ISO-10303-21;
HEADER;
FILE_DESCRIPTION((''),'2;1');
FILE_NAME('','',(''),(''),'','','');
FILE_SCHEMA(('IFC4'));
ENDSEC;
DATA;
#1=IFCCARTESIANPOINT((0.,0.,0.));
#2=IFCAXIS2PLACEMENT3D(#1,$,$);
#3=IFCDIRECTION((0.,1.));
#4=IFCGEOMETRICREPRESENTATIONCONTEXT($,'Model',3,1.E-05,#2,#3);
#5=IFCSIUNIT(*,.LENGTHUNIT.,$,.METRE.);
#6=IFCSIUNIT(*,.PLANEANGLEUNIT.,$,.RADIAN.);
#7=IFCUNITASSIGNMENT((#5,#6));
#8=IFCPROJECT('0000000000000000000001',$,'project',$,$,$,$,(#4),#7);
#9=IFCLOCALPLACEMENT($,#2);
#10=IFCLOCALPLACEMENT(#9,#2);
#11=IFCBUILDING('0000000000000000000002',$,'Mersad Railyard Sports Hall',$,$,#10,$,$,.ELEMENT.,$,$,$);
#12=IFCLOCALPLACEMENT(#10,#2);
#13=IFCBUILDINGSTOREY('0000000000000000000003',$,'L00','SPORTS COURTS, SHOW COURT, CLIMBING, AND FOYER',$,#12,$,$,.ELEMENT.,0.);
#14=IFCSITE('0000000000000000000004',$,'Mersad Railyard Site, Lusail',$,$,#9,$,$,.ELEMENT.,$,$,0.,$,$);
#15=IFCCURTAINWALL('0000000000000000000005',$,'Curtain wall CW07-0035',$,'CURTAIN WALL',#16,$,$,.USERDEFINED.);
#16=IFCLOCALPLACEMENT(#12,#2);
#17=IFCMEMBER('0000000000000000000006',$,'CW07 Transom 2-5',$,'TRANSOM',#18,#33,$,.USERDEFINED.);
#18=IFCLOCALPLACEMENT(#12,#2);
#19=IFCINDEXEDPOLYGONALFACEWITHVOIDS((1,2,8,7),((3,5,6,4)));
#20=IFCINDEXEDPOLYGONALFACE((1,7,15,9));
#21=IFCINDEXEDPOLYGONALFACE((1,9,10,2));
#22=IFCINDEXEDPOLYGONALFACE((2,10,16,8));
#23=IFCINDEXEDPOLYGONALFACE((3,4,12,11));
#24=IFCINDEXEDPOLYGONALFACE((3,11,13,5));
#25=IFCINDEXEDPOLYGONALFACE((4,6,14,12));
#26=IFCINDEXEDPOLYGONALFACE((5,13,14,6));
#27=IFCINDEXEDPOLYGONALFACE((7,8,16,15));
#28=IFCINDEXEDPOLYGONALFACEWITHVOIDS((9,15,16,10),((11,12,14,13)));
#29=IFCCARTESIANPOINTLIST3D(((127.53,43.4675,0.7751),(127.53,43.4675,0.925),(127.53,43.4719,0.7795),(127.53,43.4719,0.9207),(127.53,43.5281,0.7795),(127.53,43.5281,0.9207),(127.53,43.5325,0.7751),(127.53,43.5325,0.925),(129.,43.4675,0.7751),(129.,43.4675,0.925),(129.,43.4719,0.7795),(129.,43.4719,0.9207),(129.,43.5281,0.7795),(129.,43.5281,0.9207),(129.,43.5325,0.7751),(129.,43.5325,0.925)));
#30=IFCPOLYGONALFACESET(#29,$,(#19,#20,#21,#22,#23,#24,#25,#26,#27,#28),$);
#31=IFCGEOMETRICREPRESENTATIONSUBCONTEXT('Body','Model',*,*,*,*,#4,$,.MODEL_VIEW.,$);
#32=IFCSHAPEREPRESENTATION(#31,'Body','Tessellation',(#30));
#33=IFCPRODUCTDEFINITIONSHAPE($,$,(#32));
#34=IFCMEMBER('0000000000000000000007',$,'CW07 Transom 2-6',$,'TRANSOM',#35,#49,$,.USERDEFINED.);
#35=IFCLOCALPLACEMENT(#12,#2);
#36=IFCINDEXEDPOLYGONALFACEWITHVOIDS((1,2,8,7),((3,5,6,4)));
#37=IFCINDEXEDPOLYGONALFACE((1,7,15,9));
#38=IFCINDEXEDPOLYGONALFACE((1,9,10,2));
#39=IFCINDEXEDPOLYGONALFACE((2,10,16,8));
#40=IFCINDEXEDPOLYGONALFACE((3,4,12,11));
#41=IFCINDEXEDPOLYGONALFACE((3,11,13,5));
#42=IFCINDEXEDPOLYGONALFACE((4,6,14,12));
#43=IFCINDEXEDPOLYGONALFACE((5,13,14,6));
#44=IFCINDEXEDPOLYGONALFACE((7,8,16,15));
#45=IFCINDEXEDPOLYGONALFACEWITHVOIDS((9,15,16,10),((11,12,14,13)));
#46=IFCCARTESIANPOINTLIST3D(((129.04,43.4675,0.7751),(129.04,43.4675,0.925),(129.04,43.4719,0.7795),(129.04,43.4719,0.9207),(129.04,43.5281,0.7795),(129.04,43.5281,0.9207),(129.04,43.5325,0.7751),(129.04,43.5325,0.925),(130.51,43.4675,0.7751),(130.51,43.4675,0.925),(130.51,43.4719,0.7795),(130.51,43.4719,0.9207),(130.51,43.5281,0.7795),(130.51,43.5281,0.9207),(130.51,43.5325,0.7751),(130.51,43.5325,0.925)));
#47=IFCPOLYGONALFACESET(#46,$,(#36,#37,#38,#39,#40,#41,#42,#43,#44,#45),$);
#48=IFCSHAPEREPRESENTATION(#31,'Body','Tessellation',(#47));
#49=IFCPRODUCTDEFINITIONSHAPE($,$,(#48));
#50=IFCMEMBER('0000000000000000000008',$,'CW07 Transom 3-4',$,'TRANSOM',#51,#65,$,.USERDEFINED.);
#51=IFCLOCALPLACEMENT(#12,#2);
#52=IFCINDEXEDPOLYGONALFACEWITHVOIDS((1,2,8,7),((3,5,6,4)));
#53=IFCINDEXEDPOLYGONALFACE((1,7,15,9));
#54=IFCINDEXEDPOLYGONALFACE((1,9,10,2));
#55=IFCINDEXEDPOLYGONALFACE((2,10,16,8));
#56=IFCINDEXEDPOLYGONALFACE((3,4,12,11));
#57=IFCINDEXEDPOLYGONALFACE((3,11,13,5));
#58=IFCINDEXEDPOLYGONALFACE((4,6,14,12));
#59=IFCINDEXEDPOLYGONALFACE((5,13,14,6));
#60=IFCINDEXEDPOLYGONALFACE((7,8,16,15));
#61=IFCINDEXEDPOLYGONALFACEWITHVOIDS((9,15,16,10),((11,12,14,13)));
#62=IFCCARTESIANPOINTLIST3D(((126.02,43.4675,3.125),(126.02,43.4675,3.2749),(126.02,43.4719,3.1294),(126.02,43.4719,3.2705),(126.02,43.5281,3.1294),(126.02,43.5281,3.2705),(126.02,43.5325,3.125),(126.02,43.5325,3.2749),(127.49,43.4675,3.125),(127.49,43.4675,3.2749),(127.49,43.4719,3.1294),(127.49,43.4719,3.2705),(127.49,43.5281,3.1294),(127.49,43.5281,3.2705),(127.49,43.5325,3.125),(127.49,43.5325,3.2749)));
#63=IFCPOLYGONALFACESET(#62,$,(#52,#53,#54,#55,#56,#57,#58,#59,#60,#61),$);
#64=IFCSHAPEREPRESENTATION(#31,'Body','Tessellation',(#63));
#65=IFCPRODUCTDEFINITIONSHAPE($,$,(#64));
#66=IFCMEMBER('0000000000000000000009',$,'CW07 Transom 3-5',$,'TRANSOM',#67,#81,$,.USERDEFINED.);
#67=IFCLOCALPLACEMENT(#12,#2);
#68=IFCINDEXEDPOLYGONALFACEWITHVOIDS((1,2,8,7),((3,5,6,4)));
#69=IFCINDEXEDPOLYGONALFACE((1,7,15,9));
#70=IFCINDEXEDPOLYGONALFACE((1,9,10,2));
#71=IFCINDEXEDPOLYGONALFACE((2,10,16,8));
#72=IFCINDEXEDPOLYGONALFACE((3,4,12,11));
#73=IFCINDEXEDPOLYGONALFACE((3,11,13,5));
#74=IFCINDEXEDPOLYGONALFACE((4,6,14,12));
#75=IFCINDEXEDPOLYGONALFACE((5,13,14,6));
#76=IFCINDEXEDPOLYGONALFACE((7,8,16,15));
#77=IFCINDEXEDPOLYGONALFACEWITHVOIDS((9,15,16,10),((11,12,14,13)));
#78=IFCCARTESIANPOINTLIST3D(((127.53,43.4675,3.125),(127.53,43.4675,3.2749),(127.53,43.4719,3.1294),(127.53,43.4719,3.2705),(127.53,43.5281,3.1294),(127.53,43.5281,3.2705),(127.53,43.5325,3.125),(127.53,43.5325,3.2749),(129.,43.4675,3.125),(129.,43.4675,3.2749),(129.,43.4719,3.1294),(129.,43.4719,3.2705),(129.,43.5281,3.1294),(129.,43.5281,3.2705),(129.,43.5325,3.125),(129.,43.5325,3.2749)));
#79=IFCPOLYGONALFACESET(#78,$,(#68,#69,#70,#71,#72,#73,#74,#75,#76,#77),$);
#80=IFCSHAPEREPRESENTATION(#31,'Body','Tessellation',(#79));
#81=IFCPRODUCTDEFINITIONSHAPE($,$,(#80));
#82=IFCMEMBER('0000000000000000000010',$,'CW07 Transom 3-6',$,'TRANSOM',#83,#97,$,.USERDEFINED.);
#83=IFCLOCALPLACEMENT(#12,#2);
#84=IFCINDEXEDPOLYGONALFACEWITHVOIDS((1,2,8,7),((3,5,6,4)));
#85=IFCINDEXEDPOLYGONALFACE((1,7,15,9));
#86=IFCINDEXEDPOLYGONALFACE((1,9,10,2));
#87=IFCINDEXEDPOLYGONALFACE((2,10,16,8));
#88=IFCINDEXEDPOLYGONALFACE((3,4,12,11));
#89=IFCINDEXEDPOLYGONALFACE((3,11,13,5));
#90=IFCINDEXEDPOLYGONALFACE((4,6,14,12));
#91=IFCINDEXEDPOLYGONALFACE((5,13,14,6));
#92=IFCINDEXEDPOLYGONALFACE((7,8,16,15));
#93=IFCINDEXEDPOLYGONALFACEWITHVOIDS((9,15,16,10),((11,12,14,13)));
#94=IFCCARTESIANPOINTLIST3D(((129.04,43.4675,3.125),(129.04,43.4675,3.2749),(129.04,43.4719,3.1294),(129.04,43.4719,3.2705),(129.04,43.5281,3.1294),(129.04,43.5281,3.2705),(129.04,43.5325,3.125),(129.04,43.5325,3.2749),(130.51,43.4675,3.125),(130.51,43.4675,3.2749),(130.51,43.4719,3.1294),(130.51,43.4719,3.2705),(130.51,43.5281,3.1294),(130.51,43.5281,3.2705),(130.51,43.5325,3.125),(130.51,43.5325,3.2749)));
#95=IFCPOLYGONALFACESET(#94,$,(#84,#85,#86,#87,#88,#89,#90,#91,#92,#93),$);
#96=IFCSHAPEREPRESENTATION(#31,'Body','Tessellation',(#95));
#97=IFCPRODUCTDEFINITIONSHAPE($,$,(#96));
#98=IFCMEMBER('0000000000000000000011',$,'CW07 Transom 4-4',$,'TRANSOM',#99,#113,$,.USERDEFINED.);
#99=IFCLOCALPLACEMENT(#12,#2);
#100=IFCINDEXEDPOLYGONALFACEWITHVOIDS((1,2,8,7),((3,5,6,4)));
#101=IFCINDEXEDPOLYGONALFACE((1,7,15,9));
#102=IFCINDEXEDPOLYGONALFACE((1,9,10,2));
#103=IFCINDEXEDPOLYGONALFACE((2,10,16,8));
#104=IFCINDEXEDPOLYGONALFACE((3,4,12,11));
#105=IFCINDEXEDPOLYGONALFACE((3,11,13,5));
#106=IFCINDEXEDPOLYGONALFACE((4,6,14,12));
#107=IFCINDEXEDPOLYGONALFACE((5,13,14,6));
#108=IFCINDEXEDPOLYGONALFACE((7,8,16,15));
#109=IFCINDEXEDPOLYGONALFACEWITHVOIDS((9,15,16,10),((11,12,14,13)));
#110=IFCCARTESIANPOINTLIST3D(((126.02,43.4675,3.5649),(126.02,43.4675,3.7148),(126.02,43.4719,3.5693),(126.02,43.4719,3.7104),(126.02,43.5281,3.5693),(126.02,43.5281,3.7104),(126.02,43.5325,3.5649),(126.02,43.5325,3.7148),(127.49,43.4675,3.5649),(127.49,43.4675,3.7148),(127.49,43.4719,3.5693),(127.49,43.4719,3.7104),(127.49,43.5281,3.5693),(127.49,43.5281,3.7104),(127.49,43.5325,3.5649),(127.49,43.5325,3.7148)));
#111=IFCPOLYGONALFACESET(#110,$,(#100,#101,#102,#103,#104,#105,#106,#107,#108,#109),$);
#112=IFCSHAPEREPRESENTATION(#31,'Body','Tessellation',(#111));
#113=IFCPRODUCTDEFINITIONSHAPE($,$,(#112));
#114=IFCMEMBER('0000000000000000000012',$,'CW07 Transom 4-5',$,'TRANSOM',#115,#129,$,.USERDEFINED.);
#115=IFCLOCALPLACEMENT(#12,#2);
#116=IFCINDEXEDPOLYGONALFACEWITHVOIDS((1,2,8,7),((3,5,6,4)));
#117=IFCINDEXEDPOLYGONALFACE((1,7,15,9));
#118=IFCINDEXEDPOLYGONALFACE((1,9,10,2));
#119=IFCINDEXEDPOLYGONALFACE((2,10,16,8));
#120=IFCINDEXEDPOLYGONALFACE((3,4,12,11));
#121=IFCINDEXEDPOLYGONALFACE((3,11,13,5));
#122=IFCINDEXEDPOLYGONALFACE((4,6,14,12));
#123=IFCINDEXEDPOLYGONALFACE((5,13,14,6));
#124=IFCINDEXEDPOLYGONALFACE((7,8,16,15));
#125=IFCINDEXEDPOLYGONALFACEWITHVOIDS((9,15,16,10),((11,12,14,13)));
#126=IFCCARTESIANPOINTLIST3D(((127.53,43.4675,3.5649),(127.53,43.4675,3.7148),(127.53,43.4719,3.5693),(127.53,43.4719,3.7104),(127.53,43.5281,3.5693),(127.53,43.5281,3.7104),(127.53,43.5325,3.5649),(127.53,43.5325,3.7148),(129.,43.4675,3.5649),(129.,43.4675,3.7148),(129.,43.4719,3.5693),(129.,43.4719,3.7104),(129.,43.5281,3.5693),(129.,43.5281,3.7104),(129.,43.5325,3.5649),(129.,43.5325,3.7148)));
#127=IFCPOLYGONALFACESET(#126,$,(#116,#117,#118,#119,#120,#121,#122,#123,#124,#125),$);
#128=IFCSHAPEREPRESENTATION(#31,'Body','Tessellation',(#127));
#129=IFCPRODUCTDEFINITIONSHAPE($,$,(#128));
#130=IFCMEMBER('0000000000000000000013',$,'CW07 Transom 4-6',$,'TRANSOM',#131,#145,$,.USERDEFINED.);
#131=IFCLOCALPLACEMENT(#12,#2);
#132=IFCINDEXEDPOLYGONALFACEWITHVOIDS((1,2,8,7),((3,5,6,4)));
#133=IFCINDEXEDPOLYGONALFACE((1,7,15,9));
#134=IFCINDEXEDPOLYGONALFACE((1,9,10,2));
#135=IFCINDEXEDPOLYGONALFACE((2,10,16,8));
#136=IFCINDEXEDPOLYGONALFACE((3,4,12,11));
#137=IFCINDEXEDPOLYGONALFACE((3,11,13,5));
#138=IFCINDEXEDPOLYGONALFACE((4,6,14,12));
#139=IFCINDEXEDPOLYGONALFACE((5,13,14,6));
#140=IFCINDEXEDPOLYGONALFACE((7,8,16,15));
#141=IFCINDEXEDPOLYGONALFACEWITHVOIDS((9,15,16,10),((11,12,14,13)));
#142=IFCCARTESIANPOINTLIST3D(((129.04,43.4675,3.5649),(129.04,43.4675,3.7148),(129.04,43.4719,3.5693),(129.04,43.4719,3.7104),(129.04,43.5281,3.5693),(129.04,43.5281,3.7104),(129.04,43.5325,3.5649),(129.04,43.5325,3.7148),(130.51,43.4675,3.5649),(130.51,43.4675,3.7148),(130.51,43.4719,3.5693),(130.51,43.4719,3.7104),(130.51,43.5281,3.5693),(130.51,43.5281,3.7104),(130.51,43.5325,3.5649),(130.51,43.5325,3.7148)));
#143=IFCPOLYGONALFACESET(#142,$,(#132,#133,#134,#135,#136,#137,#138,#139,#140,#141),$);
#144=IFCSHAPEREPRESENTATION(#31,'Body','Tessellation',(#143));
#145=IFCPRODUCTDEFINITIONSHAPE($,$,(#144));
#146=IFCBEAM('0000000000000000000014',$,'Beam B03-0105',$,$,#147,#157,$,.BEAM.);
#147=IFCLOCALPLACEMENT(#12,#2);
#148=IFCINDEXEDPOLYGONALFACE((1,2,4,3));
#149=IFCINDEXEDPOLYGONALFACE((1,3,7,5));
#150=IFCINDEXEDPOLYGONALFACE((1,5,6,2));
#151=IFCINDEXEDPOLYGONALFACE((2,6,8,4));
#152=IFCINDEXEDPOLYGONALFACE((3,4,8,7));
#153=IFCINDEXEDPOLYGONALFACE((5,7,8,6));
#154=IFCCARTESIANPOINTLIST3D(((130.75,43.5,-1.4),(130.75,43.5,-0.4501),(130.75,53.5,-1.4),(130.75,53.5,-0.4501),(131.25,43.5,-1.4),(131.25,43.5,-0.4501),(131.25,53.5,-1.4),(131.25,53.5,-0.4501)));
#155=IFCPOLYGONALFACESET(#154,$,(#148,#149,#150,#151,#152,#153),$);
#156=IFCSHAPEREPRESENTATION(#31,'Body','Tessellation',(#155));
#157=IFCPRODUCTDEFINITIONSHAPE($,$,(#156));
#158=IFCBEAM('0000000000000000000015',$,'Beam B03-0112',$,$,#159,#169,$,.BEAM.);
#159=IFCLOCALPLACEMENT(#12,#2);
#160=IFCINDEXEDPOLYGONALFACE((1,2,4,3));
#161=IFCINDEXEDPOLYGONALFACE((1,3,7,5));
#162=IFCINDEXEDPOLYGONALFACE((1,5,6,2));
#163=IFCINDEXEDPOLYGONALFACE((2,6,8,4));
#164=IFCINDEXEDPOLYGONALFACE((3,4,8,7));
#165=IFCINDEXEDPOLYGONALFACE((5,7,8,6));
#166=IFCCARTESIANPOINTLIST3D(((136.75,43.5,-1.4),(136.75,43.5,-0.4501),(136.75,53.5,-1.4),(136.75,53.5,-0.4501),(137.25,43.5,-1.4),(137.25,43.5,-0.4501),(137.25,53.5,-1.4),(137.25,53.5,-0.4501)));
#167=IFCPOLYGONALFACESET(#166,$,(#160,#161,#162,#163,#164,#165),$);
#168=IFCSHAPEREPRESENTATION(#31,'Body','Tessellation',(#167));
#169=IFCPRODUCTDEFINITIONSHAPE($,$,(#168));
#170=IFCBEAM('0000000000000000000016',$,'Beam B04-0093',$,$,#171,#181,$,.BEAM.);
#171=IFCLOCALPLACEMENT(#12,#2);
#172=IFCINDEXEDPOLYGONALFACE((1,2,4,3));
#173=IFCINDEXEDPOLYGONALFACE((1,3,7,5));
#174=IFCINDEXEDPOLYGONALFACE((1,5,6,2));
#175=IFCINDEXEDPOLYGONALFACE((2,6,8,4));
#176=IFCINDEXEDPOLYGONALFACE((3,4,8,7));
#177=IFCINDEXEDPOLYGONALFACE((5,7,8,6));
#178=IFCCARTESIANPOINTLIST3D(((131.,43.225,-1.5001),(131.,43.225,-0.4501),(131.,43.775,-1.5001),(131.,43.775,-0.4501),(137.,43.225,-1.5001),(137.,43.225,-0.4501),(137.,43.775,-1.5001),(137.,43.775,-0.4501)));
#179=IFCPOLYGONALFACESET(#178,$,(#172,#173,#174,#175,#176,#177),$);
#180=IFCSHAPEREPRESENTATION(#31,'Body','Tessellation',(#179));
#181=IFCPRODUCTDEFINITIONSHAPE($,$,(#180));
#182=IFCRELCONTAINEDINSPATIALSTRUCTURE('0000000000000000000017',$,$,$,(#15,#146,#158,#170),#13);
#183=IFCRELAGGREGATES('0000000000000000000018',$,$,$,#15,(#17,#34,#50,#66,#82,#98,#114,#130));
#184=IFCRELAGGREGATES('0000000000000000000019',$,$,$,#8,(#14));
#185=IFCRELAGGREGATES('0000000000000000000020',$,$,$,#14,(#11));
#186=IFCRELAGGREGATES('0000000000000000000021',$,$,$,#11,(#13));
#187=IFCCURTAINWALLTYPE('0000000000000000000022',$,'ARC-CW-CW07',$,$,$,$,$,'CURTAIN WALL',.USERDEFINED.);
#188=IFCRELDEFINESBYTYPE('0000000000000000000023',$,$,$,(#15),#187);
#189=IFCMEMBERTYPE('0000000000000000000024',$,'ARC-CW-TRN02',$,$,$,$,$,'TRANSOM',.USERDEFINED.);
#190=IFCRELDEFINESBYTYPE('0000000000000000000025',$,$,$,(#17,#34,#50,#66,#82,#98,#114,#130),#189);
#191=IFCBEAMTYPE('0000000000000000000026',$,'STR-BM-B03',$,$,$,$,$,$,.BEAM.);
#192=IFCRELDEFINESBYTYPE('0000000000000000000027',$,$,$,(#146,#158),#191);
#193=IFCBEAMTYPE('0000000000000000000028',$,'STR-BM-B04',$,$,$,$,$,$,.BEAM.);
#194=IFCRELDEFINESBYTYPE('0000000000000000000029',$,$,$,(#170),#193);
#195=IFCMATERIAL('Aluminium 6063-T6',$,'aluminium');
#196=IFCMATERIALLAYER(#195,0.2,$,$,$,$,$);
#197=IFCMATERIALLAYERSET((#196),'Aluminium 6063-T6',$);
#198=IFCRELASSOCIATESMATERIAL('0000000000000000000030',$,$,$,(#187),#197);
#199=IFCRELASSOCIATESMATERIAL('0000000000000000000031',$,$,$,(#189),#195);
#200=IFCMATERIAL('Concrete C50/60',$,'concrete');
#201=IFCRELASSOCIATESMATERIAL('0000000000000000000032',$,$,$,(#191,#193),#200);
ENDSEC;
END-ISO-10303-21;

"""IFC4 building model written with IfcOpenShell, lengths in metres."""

from ifc_helpers import new_model, si_unit, direction, frame, origin, origin_2d, place, context, subcontext, project, spatial, rectangle, hollow_rectangle, extrude, material, layer, layer_set, material_profile, profile_set, type_object, element, aggregate, save


model = new_model("IFC4")

# Units and contexts
model_context = context("Model", 3, precision=1e-05, world=origin(), true_north=direction((0.0, 1.0)))
body_context = subcontext(model_context, "Body", "Model", "MODEL_VIEW")
ifc_project = project(units=[si_unit("LENGTHUNIT", "METRE"), si_unit("PLANEANGLEUNIT", "RADIAN")], contexts=[model_context])

# Site, building, storey
site_placement = place(None, origin())
site = spatial("IfcSite", under=ifc_project, at=site_placement, Name="Mersad Railyard Site, Lusail", CompositionType="ELEMENT", RefElevation=0.0)
building_placement = place(site_placement, origin())
building = spatial("IfcBuilding", under=site, at=building_placement, Name="Mersad Railyard Sports Hall", CompositionType="ELEMENT")
storey_placement = place(building_placement, origin())
storey = spatial("IfcBuildingStorey", under=building, at=storey_placement, Name="L00", Description="SPORTS COURTS, SHOW COURT, CLIMBING, AND FOYER", CompositionType="ELEMENT", Elevation=0.0)

# Shared definitions
ifc_material_1 = material(Name="Concrete C50/60", Category="concrete")

# Curtain wall, members
ifc_material_2 = material(Name="Aluminium 6063-T6", Category="aluminium")
ifc_layer_1 = layer(ifc_material_2, 0.2)
ifc_layer_set_1 = layer_set([ifc_layer_1], Name="Aluminium 6063-T6")
curtain_wall_type = type_object("IfcCurtainWallType", Name="ARC-CW-CW07", ElementType="CURTAIN WALL", PredefinedType="USERDEFINED", material=ifc_layer_set_1)
curtain_wall_placement = place(storey_placement, origin())
curtain_wall = element("IfcCurtainWall", 1, at=curtain_wall_placement, inside=storey, type_object=curtain_wall_type, Name="Curtain wall CW07-0035", ObjectType="CURTAIN WALL", PredefinedType="USERDEFINED")
ifc_material_profile_1 = material_profile(ifc_material_2, hollow_rectangle(XDim=0.0649, YDim=0.1499, WallThickness=0.0044, at=origin_2d()), Name="AL TRANSOM 65x150x4.5")
ifc_profile_set_1 = profile_set([ifc_material_profile_1], Name="Aluminium 6063-T6")
member_type_1 = type_object("IfcMemberType", Name="ARC-CW-TRN02", ElementType="TRANSOM", PredefinedType="USERDEFINED", material=ifc_profile_set_1)
member_1_placement = place(storey_placement, frame((127.53, 43.5, 0.8501), z_axis=(1.0, 0.0, 0.0), x_axis=(0.0, 1.0, 0.0)))
member_1 = element("IfcMember", 2, at=member_1_placement, type_object=member_type_1, Name="CW07 Transom 2-5", ObjectType="TRANSOM", PredefinedType="USERDEFINED", context=body_context, shape_type="SweptSolid", body=[
    extrude(hollow_rectangle(XDim=0.0649, YDim=0.1499, WallThickness=0.0044, at=origin_2d()), origin(), (0.0, 0.0, 1.0), 1.47),
])
member_2_placement = place(storey_placement, frame((129.04, 43.5, 0.8501), z_axis=(1.0, 0.0, 0.0), x_axis=(0.0, 1.0, 0.0)))
member_2 = element("IfcMember", 3, at=member_2_placement, type_object=member_type_1, Name="CW07 Transom 2-6", ObjectType="TRANSOM", PredefinedType="USERDEFINED", context=body_context, shape_type="SweptSolid", body=[
    extrude(hollow_rectangle(XDim=0.0649, YDim=0.1499, WallThickness=0.0044, at=origin_2d()), origin(), (0.0, 0.0, 1.0), 1.47),
])
member_3_placement = place(storey_placement, frame((126.02, 43.5, 3.2), z_axis=(1.0, 0.0, 0.0), x_axis=(0.0, 1.0, 0.0)))
member_3 = element("IfcMember", 4, at=member_3_placement, type_object=member_type_1, Name="CW07 Transom 3-4", ObjectType="TRANSOM", PredefinedType="USERDEFINED", context=body_context, shape_type="SweptSolid", body=[
    extrude(hollow_rectangle(XDim=0.0649, YDim=0.1499, WallThickness=0.0044, at=origin_2d()), origin(), (0.0, 0.0, 1.0), 1.47),
])
member_4_placement = place(storey_placement, frame((127.53, 43.5, 3.2), z_axis=(1.0, 0.0, 0.0), x_axis=(0.0, 1.0, 0.0)))
member_4 = element("IfcMember", 5, at=member_4_placement, type_object=member_type_1, Name="CW07 Transom 3-5", ObjectType="TRANSOM", PredefinedType="USERDEFINED", context=body_context, shape_type="SweptSolid", body=[
    extrude(hollow_rectangle(XDim=0.0649, YDim=0.1499, WallThickness=0.0044, at=origin_2d()), origin(), (0.0, 0.0, 1.0), 1.47),
])
member_5_placement = place(storey_placement, frame((129.04, 43.5, 3.2), z_axis=(1.0, 0.0, 0.0), x_axis=(0.0, 1.0, 0.0)))
member_5 = element("IfcMember", 6, at=member_5_placement, type_object=member_type_1, Name="CW07 Transom 3-6", ObjectType="TRANSOM", PredefinedType="USERDEFINED", context=body_context, shape_type="SweptSolid", body=[
    extrude(hollow_rectangle(XDim=0.0649, YDim=0.1499, WallThickness=0.0044, at=origin_2d()), origin(), (0.0, 0.0, 1.0), 1.47),
])
member_6_placement = place(storey_placement, frame((126.02, 43.5, 3.6399), z_axis=(1.0, 0.0, 0.0), x_axis=(0.0, 1.0, 0.0)))
member_6 = element("IfcMember", 7, at=member_6_placement, type_object=member_type_1, Name="CW07 Transom 4-4", ObjectType="TRANSOM", PredefinedType="USERDEFINED", context=body_context, shape_type="SweptSolid", body=[
    extrude(hollow_rectangle(XDim=0.0649, YDim=0.1499, WallThickness=0.0044, at=origin_2d()), origin(), (0.0, 0.0, 1.0), 1.47),
])
member_7_placement = place(storey_placement, frame((127.53, 43.5, 3.6399), z_axis=(1.0, 0.0, 0.0), x_axis=(0.0, 1.0, 0.0)))
member_7 = element("IfcMember", 8, at=member_7_placement, type_object=member_type_1, Name="CW07 Transom 4-5", ObjectType="TRANSOM", PredefinedType="USERDEFINED", context=body_context, shape_type="SweptSolid", body=[
    extrude(hollow_rectangle(XDim=0.0649, YDim=0.1499, WallThickness=0.0044, at=origin_2d()), origin(), (0.0, 0.0, 1.0), 1.47),
])
member_8_placement = place(storey_placement, frame((129.04, 43.5, 3.6399), z_axis=(1.0, 0.0, 0.0), x_axis=(0.0, 1.0, 0.0)))
member_8 = element("IfcMember", 9, at=member_8_placement, type_object=member_type_1, Name="CW07 Transom 4-6", ObjectType="TRANSOM", PredefinedType="USERDEFINED", context=body_context, shape_type="SweptSolid", body=[
    extrude(hollow_rectangle(XDim=0.0649, YDim=0.1499, WallThickness=0.0044, at=origin_2d()), origin(), (0.0, 0.0, 1.0), 1.47),
])

# Beams
ifc_material_profile_2 = material_profile(ifc_material_1, rectangle(XDim=0.5, YDim=0.95, at=origin_2d()), Name="RC 500x950")
ifc_profile_set_2 = profile_set([ifc_material_profile_2], Name="Concrete C50/60")
beam_type_1 = type_object("IfcBeamType", Name="STR-BM-B03", PredefinedType="BEAM", material=ifc_profile_set_2)
for number, where, z_axis, x_axis, name in (
    (10, (131.0, 43.5, -0.925), (0.0, 1.0, 0.0), (-1.0, 0.0, 0.0), "Beam B03-0105"),
    (11, (137.0, 43.5, -0.925), (0.0, 1.0, 0.0), (-1.0, 0.0, 0.0), "Beam B03-0112"),
):
    element("IfcBeam", number, at=place(storey_placement, frame(where, z_axis=z_axis, x_axis=x_axis)), inside=storey, type_object=beam_type_1, Name=name, PredefinedType="BEAM", context=body_context, shape_type="SweptSolid", body=[
        extrude(rectangle(XDim=0.5, YDim=0.95, at=origin_2d()), origin(), (0.0, 0.0, 1.0), 10.0),
    ])
ifc_material_profile_3 = material_profile(ifc_material_1, rectangle(XDim=0.55, YDim=1.05, at=origin_2d()), Name="RC 550x1050")
ifc_profile_set_3 = profile_set([ifc_material_profile_3], Name="Concrete C50/60")
beam_type_2 = type_object("IfcBeamType", Name="STR-BM-B04", PredefinedType="BEAM", material=ifc_profile_set_3)
beam_1_placement = place(storey_placement, frame((131.0, 43.5, -0.9751), z_axis=(1.0, 0.0, 0.0), x_axis=(0.0, 1.0, 0.0)))
element("IfcBeam", 12, at=beam_1_placement, inside=storey, type_object=beam_type_2, Name="Beam B04-0093", PredefinedType="BEAM", context=body_context, shape_type="SweptSolid", body=[
    extrude(rectangle(XDim=0.55, YDim=1.05, at=origin_2d()), origin(), (0.0, 0.0, 1.0), 6.0),
])

aggregate(curtain_wall, [member_1, member_2, member_3, member_4, member_5, member_6, member_7, member_8])

save(model, "model.ifc")
